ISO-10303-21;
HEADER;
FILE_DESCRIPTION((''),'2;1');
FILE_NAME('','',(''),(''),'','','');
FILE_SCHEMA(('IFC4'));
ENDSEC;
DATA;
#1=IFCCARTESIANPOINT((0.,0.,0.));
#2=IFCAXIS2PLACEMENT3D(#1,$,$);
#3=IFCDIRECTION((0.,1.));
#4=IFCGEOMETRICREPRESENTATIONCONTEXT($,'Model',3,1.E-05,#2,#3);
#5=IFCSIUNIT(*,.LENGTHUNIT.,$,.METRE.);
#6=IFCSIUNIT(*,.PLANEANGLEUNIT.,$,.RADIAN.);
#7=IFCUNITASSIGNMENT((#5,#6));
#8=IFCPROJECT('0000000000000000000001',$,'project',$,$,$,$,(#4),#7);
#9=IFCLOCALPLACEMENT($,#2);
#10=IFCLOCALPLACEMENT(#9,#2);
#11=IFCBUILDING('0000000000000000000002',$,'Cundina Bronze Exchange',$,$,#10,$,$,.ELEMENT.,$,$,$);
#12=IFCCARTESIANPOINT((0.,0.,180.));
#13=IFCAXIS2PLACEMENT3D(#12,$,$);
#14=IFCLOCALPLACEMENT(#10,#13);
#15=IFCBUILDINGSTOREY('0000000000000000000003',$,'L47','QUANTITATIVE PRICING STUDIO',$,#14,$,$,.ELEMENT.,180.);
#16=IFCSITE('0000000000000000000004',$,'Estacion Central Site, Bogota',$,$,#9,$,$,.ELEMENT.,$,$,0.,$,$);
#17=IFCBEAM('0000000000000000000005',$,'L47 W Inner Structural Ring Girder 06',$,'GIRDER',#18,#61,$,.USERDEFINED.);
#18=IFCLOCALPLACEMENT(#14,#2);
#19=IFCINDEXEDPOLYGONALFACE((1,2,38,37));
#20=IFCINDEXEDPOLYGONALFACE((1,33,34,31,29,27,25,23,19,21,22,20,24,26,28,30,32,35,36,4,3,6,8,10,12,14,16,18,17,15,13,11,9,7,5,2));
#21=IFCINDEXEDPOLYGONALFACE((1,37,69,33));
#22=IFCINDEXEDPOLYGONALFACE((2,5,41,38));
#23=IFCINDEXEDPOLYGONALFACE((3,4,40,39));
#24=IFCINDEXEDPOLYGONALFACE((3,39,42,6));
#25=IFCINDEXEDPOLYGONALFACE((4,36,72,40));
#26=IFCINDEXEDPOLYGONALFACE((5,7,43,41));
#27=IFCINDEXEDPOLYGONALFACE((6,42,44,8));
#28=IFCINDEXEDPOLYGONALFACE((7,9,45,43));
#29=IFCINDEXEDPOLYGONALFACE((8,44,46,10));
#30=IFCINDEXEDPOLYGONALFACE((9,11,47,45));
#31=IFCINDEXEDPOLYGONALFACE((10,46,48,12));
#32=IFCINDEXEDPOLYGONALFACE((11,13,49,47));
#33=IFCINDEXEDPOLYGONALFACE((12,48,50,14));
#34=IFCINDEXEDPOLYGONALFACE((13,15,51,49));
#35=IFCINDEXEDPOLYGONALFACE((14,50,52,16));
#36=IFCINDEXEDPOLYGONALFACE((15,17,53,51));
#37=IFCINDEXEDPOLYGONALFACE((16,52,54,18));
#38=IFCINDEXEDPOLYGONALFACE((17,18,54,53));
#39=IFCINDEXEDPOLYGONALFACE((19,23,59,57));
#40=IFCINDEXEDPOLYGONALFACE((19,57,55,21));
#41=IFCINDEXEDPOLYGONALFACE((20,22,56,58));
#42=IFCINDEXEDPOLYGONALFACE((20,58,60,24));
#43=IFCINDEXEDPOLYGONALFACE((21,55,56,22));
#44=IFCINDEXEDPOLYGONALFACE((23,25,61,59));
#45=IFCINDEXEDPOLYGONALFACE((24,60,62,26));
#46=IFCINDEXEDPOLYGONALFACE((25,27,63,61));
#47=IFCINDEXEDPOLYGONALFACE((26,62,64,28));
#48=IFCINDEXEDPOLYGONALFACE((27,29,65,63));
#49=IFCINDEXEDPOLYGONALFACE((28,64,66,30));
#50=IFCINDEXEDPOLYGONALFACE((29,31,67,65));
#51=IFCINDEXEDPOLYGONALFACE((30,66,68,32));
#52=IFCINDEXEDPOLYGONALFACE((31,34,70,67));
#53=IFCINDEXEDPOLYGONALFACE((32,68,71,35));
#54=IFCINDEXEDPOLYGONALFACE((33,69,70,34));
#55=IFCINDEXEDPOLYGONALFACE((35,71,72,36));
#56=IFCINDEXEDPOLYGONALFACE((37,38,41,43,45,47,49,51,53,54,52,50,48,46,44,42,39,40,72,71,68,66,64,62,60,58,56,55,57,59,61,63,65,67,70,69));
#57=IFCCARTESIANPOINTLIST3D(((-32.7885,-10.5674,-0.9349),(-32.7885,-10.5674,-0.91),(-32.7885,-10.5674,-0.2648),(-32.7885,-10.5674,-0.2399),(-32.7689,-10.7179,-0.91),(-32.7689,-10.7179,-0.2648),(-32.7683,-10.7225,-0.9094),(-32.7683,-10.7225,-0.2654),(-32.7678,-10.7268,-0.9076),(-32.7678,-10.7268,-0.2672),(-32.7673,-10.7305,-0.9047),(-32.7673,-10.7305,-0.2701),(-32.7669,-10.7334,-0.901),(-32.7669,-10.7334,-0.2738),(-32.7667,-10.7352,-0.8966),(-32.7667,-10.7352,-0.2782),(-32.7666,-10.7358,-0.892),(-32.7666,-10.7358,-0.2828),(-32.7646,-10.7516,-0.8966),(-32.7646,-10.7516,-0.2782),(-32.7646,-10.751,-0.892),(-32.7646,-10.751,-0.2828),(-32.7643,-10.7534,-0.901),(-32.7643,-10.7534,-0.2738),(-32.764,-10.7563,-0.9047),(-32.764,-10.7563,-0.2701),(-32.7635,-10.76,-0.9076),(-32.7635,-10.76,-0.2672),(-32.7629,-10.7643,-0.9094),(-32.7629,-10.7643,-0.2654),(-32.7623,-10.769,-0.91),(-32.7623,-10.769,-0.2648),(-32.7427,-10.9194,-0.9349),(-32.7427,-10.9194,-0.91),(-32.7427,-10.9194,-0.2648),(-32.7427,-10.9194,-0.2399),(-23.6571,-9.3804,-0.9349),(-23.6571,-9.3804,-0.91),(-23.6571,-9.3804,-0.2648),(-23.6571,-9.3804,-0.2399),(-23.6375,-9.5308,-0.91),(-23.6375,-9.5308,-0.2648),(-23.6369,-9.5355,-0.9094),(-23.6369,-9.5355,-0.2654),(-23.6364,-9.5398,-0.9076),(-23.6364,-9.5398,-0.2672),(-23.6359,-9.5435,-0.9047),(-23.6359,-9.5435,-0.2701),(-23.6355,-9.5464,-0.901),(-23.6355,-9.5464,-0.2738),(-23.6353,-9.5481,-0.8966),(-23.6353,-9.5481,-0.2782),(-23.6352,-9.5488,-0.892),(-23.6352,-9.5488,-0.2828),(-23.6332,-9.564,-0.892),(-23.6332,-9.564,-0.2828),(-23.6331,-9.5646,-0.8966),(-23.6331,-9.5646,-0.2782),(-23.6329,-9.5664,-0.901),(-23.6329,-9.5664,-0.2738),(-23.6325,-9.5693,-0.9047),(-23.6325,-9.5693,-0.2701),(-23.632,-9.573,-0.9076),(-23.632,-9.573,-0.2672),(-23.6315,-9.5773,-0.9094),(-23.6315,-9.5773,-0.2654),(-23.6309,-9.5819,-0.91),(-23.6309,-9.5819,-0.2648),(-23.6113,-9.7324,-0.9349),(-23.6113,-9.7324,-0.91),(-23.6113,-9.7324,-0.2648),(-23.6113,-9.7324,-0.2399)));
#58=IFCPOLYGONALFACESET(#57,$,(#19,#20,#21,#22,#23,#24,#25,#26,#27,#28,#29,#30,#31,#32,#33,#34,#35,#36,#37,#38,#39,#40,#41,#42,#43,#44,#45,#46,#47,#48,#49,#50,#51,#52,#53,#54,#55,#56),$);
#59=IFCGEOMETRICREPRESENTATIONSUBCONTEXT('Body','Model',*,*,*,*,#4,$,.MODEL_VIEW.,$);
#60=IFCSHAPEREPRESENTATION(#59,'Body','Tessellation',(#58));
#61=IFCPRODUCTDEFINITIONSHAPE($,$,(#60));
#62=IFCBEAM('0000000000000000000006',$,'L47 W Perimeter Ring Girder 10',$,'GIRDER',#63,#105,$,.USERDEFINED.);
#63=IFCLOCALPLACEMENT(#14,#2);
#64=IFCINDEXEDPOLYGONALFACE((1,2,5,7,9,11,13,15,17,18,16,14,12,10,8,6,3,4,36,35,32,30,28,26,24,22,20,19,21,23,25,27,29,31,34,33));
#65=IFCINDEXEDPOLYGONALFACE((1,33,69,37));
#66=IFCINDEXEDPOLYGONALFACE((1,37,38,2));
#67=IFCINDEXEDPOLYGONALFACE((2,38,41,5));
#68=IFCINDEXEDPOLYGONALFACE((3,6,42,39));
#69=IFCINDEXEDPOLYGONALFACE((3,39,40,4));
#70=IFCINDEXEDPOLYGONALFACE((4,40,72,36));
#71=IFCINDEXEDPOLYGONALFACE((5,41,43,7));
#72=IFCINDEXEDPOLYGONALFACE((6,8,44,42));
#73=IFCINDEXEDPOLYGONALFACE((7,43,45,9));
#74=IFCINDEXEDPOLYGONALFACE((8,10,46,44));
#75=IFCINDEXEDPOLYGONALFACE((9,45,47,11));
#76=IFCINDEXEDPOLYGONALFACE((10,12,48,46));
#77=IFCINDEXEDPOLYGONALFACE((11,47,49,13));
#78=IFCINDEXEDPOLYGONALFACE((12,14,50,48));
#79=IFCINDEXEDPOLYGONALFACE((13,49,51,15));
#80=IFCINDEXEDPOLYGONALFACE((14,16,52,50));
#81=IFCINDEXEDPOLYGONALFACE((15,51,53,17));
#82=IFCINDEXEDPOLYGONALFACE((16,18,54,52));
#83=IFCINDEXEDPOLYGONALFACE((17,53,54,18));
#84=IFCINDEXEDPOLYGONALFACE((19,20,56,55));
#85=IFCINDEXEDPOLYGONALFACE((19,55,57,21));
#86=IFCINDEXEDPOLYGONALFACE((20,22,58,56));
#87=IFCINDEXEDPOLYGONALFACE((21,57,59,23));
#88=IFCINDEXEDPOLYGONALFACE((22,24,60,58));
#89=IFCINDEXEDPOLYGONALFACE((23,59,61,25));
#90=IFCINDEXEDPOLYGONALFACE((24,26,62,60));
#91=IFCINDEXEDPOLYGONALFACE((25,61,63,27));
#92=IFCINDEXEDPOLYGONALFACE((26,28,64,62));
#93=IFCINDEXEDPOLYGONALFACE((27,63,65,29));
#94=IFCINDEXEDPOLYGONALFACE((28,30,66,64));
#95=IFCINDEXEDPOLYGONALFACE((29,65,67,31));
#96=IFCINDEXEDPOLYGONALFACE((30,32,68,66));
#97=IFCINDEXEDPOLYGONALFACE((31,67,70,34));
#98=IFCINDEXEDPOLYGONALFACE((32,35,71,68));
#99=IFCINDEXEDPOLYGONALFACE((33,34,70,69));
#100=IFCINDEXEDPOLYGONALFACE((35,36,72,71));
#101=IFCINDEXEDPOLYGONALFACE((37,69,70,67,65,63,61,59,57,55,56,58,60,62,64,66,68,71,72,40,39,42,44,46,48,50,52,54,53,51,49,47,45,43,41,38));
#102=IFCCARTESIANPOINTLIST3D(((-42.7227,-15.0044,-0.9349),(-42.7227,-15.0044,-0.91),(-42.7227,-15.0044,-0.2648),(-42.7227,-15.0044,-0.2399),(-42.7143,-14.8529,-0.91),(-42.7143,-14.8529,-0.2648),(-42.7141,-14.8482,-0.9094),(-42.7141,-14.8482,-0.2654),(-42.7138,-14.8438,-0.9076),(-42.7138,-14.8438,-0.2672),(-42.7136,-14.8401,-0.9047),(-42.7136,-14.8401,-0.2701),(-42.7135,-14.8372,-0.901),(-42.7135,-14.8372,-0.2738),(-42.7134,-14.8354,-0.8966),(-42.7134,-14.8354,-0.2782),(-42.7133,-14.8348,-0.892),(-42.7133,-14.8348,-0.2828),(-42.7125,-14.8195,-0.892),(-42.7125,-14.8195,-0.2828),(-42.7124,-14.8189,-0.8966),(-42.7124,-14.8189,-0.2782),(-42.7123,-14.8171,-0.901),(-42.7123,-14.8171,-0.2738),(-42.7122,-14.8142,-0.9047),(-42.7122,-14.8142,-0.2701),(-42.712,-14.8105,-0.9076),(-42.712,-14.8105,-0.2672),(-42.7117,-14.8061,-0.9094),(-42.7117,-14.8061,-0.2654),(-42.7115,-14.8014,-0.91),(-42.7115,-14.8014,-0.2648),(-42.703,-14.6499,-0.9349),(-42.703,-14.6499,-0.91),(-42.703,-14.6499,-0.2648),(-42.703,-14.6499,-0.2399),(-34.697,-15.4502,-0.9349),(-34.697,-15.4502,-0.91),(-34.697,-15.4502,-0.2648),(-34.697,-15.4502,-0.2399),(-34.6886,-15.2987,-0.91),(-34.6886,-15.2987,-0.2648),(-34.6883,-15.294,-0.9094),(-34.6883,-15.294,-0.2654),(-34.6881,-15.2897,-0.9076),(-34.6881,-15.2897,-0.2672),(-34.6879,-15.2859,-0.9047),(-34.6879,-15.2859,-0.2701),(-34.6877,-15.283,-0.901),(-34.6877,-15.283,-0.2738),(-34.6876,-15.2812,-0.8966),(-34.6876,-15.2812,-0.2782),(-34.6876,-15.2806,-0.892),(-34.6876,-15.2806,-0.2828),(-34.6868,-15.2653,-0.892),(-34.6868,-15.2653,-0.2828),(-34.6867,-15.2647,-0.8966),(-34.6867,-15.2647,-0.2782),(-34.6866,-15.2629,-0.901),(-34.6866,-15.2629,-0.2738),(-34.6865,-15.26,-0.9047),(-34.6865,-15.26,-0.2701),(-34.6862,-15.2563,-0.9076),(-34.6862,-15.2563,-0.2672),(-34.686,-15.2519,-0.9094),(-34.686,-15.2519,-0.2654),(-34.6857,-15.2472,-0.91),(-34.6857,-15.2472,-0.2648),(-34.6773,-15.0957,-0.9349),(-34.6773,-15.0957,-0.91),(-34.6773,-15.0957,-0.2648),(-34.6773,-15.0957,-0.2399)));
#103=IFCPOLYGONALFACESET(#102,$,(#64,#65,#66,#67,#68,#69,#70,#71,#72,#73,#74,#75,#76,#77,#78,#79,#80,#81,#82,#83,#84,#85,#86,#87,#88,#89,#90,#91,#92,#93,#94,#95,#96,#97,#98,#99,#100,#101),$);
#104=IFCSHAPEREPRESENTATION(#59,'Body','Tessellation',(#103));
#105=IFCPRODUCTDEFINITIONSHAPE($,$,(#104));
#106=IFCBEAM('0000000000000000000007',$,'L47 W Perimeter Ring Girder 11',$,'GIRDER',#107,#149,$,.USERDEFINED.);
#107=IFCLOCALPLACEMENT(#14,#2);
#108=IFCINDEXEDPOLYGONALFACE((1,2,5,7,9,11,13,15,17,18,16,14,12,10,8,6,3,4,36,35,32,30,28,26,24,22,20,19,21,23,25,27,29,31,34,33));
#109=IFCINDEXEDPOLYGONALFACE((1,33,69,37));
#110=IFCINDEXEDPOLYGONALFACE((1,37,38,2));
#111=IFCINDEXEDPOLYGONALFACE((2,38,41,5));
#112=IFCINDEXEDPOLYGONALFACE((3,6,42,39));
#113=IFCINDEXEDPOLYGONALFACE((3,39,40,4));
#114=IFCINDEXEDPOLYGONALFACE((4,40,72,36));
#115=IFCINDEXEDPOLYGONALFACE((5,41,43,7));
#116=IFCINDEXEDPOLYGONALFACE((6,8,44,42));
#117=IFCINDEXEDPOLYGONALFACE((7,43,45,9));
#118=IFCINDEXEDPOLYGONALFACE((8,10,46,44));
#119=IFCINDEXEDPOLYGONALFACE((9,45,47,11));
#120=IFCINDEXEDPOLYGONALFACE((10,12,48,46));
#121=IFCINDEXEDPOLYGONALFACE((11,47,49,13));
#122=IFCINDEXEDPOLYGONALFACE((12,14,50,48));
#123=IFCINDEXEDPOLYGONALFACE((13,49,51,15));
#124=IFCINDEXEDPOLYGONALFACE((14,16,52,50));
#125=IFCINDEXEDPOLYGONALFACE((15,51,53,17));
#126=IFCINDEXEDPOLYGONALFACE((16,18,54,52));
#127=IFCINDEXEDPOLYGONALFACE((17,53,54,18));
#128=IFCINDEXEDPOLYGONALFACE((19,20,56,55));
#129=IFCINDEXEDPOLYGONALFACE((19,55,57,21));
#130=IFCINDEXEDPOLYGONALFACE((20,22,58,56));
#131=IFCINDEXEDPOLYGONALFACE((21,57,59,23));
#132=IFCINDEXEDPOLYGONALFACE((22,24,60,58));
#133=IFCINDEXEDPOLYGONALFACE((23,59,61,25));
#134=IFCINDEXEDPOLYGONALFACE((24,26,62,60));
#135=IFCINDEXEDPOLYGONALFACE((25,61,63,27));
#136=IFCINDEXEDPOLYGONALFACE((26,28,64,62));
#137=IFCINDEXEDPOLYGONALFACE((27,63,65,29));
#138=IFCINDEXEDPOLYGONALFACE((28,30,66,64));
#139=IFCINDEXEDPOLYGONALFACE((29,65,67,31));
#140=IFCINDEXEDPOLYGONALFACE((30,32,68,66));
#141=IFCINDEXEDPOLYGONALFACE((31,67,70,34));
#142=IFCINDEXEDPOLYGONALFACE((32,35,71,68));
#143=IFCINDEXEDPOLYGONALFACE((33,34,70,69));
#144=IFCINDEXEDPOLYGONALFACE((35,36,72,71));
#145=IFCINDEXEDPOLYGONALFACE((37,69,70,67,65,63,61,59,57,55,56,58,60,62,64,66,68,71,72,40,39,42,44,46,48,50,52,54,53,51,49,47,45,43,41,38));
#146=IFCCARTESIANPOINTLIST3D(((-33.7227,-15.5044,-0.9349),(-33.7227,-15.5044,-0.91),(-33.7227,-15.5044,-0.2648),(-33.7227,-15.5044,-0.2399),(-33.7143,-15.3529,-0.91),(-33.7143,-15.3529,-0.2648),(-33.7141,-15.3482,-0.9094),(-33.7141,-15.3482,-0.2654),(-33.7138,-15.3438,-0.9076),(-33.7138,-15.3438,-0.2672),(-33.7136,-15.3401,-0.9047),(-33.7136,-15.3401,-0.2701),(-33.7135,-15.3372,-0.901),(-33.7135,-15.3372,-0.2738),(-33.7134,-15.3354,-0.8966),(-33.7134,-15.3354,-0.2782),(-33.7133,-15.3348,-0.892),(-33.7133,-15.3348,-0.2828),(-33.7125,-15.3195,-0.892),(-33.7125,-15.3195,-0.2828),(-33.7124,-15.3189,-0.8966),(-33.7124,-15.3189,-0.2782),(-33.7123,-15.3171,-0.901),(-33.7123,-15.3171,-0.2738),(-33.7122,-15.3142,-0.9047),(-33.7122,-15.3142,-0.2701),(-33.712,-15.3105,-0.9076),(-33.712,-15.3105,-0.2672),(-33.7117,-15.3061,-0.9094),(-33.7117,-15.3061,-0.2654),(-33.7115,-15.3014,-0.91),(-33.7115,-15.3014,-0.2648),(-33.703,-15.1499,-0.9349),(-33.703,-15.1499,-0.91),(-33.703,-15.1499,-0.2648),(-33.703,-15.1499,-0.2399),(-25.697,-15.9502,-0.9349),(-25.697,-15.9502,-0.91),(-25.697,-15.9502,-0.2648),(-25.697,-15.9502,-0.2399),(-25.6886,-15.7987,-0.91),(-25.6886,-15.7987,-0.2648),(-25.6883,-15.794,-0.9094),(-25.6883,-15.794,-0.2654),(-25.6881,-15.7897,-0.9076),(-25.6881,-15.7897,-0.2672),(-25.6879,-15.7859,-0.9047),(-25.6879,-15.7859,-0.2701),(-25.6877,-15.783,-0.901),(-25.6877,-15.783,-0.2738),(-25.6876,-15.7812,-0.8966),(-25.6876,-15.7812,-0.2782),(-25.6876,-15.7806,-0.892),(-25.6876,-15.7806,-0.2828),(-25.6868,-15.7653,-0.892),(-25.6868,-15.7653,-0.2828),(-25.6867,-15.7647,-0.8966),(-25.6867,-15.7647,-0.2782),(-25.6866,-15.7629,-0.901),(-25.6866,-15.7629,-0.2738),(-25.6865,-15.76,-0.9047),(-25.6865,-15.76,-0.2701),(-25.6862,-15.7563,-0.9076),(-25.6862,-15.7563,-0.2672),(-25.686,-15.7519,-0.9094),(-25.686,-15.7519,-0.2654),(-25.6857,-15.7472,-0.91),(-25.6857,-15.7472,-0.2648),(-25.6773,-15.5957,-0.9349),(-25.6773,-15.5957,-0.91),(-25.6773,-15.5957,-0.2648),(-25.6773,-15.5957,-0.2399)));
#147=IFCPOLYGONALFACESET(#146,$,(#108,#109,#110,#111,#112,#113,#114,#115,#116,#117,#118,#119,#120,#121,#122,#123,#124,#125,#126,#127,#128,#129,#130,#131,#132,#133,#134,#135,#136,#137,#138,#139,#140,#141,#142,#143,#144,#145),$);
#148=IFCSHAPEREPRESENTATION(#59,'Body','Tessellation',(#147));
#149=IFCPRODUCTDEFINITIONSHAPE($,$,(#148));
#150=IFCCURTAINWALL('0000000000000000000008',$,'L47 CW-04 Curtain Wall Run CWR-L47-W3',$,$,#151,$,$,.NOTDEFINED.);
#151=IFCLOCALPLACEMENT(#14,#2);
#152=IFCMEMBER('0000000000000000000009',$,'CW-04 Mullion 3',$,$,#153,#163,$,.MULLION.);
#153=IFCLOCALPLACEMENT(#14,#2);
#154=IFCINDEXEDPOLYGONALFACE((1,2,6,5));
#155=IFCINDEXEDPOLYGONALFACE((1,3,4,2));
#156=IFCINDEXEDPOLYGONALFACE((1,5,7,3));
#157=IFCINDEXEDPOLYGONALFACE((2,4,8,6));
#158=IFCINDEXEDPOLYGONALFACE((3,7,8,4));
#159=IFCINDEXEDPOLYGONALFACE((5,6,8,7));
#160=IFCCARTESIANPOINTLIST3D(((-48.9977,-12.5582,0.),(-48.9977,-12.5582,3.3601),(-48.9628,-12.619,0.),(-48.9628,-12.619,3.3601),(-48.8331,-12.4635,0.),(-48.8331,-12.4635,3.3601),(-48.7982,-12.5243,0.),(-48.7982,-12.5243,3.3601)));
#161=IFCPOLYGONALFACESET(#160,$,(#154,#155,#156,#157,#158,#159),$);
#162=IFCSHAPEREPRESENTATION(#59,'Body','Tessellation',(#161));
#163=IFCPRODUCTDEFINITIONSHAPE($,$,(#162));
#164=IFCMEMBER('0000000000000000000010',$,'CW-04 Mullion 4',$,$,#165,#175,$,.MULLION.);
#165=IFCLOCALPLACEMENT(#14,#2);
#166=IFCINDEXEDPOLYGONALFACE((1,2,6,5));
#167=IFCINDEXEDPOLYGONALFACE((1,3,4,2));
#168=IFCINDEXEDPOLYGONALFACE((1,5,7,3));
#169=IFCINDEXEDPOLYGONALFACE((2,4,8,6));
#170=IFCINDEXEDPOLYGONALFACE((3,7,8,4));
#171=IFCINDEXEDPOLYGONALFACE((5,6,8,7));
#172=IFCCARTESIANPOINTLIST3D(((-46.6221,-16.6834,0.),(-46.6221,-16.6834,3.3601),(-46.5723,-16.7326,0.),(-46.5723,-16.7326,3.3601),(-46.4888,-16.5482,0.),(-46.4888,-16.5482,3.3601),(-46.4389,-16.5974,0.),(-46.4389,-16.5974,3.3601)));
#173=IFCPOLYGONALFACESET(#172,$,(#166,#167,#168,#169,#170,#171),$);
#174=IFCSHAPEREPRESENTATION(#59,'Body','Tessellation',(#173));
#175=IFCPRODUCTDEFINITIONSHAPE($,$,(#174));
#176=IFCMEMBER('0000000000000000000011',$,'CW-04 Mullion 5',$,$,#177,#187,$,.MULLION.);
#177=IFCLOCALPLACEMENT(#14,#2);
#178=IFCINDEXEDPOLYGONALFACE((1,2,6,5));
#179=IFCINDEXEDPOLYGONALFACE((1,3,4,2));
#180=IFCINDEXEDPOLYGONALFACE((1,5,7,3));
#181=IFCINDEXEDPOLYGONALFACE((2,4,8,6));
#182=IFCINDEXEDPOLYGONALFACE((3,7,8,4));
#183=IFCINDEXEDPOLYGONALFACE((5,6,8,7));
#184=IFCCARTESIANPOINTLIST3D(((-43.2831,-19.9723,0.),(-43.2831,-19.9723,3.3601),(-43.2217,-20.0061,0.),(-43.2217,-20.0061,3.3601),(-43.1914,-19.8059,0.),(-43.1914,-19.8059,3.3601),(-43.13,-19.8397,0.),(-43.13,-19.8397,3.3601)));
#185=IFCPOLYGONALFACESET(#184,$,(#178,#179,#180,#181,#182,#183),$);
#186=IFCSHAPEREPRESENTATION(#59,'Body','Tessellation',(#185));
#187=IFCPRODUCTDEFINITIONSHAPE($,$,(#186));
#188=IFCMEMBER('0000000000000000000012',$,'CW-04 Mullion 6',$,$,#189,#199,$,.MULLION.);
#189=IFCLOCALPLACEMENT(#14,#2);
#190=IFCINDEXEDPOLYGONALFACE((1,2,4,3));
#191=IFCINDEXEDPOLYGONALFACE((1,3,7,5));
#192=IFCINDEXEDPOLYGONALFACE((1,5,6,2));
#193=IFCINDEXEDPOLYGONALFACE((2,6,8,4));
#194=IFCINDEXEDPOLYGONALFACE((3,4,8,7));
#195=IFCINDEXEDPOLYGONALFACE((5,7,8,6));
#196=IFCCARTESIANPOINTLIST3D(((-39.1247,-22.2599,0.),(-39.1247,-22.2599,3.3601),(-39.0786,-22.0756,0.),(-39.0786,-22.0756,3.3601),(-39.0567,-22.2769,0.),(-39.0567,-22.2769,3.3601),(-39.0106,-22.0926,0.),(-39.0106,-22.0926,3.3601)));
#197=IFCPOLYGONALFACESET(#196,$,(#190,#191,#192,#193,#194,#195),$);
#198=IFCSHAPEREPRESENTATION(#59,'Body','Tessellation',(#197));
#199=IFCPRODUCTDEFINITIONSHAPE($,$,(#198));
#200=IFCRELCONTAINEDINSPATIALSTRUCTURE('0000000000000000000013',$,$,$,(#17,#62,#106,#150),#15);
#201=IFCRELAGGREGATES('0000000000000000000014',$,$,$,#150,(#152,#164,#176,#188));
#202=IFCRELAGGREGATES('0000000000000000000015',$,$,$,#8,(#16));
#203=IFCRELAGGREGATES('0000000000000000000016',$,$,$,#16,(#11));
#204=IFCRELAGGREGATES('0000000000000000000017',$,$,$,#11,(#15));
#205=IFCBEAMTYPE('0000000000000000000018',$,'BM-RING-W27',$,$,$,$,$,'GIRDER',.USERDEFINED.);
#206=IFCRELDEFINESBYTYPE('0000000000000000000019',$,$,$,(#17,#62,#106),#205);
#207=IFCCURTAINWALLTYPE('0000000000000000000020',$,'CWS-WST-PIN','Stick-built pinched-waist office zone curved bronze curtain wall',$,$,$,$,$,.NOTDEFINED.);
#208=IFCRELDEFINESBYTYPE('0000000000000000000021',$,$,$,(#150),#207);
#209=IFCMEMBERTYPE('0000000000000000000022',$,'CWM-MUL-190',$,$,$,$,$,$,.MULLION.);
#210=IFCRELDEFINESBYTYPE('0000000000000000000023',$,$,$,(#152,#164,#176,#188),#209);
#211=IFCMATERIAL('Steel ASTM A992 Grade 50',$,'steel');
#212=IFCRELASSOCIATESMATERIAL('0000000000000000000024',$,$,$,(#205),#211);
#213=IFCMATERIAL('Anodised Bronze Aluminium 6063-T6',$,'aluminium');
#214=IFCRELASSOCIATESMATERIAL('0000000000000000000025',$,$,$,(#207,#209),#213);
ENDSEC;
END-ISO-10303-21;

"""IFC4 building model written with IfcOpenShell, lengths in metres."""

from ifc_helpers import new_model, si_unit, direction, frame, origin, origin_2d, place, context, subcontext, project, spatial, rectangle, i_section, extrude, material, material_profile, profile_set, type_object, element, aggregate, save


model = new_model("IFC4")

# Units and contexts
model_context = context("Model", 3, precision=1e-05, world=origin(), true_north=direction((0.0, 1.0)))
body_context = subcontext(model_context, "Body", "Model", "MODEL_VIEW")
ifc_project = project(units=[si_unit("LENGTHUNIT", "METRE"), si_unit("PLANEANGLEUNIT", "RADIAN")], contexts=[model_context])

# Site, building, storey
site_placement = place(None, origin())
site = spatial("IfcSite", under=ifc_project, at=site_placement, Name="Estacion Central Site, Bogota", CompositionType="ELEMENT", RefElevation=0.0)
building_placement = place(site_placement, origin())
building = spatial("IfcBuilding", under=site, at=building_placement, Name="Cundina Bronze Exchange", CompositionType="ELEMENT")
storey_placement = place(building_placement, frame((0.0, 0.0, 180.0)))
storey = spatial("IfcBuildingStorey", under=building, at=storey_placement, Name="L47", Description="QUANTITATIVE PRICING STUDIO", CompositionType="ELEMENT", Elevation=180.0)

# Beams
ifc_material_1 = material(Name="Steel ASTM A992 Grade 50", Category="steel")
ifc_material_profile_1 = material_profile(ifc_material_1, i_section(OverallWidth=0.355, OverallDepth=0.6951, WebThickness=0.0154, FlangeThickness=0.0249, FilletRadius=0.0181, at=origin_2d()), Name="W27X146", Category="steel")
ifc_profile_set_1 = profile_set([ifc_material_profile_1], Name="Steel ASTM A992 Grade 50")
beam_type_1 = type_object("IfcBeamType", Name="BM-RING-W27", ElementType="GIRDER", PredefinedType="USERDEFINED", material=ifc_profile_set_1)
beam_1_placement = place(storey_placement, frame((-32.7656, -10.7434, -0.5874), z_axis=(0.991656, 0.128908, 0.0), x_axis=(-0.128908, 0.991656, 0.0)))
element("IfcBeam", 1, at=beam_1_placement, inside=storey, type_object=beam_type_1, Name="L47 W Inner Structural Ring Girder 06", ObjectType="GIRDER", PredefinedType="USERDEFINED", context=body_context, shape_type="SweptSolid", body=[
    extrude(i_section(OverallWidth=0.355, OverallDepth=0.6951, WebThickness=0.0154, FlangeThickness=0.0249, FilletRadius=0.0181, at=origin_2d()), origin(), (0.0, 0.0, 1.0), 9.2083),
])
for number, where, z_axis, x_axis, name in (
    (2, (-42.7129, -14.8271, -0.5874), (0.998461, -0.055462, 0.0), (0.055462, 0.998461, 0.0), "L47 W Perimeter Ring Girder 10"),
    (3, (-33.7129, -15.3271, -0.5874), (0.998461, -0.055462, 0.0), (0.055462, 0.998461, 0.0), "L47 W Perimeter Ring Girder 11"),
):
    element("IfcBeam", number, at=place(storey_placement, frame(where, z_axis=z_axis, x_axis=x_axis)), inside=storey, type_object=beam_type_1, Name=name, ObjectType="GIRDER", PredefinedType="USERDEFINED", context=body_context, shape_type="SweptSolid", body=[
        extrude(i_section(OverallWidth=0.355, OverallDepth=0.6951, WebThickness=0.0154, FlangeThickness=0.0249, FilletRadius=0.0181, at=origin_2d()), origin(), (0.0, 0.0, 1.0), 8.0381),
    ])

# Curtain wall, members
ifc_material_2 = material(Name="Anodised Bronze Aluminium 6063-T6", Category="aluminium")
curtain_wall_type = type_object("IfcCurtainWallType", Name="CWS-WST-PIN", Description="Stick-built pinched-waist office zone curved bronze curtain wall", PredefinedType="NOTDEFINED", material=ifc_material_2)
curtain_wall_1_placement = place(storey_placement, origin())
curtain_wall_1 = element("IfcCurtainWall", 4, at=curtain_wall_1_placement, inside=storey, type_object=curtain_wall_type, Name="L47 CW-04 Curtain Wall Run CWR-L47-W3", PredefinedType="NOTDEFINED")
ifc_material_profile_2 = material_profile(ifc_material_2, rectangle(XDim=0.0701, YDim=0.1899, at=origin_2d()), Name="AL70X190", Category="aluminium")
ifc_profile_set_2 = profile_set([ifc_material_profile_2], Name="Anodised Bronze Aluminium 6063-T6")
member_type_1 = type_object("IfcMemberType", Name="CWM-MUL-190", PredefinedType="MULLION", material=ifc_profile_set_2)
member_1_placement = place(storey_placement, frame((-48.8979, -12.5413, 0.0), z_axis=(0.0, 0.0, 1.0), x_axis=(0.498488, -0.866897, 0.0)))
member_1 = element("IfcMember", 5, at=member_1_placement, type_object=member_type_1, Name="CW-04 Mullion 3", PredefinedType="MULLION", context=body_context, shape_type="SweptSolid", body=[
    extrude(rectangle(XDim=0.0701, YDim=0.1899, at=origin_2d()), origin(), (0.0, 0.0, 1.0), 3.3601),
])
member_2_placement = place(storey_placement, frame((-46.5305, -16.6404, 0.0), z_axis=(0.0, 0.0, 1.0), x_axis=(0.712026, -0.702153, 0.0)))
member_2 = element("IfcMember", 6, at=member_2_placement, type_object=member_type_1, Name="CW-04 Mullion 4", PredefinedType="MULLION", context=body_context, shape_type="SweptSolid", body=[
    extrude(rectangle(XDim=0.0701, YDim=0.1899, at=origin_2d()), origin(), (0.0, 0.0, 1.0), 3.3601),
])
member_3_placement = place(storey_placement, frame((-43.2065, -19.906, 0.0), z_axis=(0.0, 0.0, 1.0), x_axis=(0.875886, -0.482518, 0.0)))
member_3 = element("IfcMember", 7, at=member_3_placement, type_object=member_type_1, Name="CW-04 Mullion 5", PredefinedType="MULLION", context=body_context, shape_type="SweptSolid", body=[
    extrude(rectangle(XDim=0.0701, YDim=0.1899, at=origin_2d()), origin(), (0.0, 0.0, 1.0), 3.3601),
])
member_4_placement = place(storey_placement, frame((-39.0676, -22.1763, 0.0), z_axis=(0.0, 0.0, 1.0), x_axis=(0.970084, -0.242769, 0.0)))
member_4 = element("IfcMember", 8, at=member_4_placement, type_object=member_type_1, Name="CW-04 Mullion 6", PredefinedType="MULLION", context=body_context, shape_type="SweptSolid", body=[
    extrude(rectangle(XDim=0.0701, YDim=0.1899, at=origin_2d()), origin(), (0.0, 0.0, 1.0), 3.3601),
])

aggregate(curtain_wall_1, [member_1, member_2, member_3, member_4])

save(model, "model.ifc")
